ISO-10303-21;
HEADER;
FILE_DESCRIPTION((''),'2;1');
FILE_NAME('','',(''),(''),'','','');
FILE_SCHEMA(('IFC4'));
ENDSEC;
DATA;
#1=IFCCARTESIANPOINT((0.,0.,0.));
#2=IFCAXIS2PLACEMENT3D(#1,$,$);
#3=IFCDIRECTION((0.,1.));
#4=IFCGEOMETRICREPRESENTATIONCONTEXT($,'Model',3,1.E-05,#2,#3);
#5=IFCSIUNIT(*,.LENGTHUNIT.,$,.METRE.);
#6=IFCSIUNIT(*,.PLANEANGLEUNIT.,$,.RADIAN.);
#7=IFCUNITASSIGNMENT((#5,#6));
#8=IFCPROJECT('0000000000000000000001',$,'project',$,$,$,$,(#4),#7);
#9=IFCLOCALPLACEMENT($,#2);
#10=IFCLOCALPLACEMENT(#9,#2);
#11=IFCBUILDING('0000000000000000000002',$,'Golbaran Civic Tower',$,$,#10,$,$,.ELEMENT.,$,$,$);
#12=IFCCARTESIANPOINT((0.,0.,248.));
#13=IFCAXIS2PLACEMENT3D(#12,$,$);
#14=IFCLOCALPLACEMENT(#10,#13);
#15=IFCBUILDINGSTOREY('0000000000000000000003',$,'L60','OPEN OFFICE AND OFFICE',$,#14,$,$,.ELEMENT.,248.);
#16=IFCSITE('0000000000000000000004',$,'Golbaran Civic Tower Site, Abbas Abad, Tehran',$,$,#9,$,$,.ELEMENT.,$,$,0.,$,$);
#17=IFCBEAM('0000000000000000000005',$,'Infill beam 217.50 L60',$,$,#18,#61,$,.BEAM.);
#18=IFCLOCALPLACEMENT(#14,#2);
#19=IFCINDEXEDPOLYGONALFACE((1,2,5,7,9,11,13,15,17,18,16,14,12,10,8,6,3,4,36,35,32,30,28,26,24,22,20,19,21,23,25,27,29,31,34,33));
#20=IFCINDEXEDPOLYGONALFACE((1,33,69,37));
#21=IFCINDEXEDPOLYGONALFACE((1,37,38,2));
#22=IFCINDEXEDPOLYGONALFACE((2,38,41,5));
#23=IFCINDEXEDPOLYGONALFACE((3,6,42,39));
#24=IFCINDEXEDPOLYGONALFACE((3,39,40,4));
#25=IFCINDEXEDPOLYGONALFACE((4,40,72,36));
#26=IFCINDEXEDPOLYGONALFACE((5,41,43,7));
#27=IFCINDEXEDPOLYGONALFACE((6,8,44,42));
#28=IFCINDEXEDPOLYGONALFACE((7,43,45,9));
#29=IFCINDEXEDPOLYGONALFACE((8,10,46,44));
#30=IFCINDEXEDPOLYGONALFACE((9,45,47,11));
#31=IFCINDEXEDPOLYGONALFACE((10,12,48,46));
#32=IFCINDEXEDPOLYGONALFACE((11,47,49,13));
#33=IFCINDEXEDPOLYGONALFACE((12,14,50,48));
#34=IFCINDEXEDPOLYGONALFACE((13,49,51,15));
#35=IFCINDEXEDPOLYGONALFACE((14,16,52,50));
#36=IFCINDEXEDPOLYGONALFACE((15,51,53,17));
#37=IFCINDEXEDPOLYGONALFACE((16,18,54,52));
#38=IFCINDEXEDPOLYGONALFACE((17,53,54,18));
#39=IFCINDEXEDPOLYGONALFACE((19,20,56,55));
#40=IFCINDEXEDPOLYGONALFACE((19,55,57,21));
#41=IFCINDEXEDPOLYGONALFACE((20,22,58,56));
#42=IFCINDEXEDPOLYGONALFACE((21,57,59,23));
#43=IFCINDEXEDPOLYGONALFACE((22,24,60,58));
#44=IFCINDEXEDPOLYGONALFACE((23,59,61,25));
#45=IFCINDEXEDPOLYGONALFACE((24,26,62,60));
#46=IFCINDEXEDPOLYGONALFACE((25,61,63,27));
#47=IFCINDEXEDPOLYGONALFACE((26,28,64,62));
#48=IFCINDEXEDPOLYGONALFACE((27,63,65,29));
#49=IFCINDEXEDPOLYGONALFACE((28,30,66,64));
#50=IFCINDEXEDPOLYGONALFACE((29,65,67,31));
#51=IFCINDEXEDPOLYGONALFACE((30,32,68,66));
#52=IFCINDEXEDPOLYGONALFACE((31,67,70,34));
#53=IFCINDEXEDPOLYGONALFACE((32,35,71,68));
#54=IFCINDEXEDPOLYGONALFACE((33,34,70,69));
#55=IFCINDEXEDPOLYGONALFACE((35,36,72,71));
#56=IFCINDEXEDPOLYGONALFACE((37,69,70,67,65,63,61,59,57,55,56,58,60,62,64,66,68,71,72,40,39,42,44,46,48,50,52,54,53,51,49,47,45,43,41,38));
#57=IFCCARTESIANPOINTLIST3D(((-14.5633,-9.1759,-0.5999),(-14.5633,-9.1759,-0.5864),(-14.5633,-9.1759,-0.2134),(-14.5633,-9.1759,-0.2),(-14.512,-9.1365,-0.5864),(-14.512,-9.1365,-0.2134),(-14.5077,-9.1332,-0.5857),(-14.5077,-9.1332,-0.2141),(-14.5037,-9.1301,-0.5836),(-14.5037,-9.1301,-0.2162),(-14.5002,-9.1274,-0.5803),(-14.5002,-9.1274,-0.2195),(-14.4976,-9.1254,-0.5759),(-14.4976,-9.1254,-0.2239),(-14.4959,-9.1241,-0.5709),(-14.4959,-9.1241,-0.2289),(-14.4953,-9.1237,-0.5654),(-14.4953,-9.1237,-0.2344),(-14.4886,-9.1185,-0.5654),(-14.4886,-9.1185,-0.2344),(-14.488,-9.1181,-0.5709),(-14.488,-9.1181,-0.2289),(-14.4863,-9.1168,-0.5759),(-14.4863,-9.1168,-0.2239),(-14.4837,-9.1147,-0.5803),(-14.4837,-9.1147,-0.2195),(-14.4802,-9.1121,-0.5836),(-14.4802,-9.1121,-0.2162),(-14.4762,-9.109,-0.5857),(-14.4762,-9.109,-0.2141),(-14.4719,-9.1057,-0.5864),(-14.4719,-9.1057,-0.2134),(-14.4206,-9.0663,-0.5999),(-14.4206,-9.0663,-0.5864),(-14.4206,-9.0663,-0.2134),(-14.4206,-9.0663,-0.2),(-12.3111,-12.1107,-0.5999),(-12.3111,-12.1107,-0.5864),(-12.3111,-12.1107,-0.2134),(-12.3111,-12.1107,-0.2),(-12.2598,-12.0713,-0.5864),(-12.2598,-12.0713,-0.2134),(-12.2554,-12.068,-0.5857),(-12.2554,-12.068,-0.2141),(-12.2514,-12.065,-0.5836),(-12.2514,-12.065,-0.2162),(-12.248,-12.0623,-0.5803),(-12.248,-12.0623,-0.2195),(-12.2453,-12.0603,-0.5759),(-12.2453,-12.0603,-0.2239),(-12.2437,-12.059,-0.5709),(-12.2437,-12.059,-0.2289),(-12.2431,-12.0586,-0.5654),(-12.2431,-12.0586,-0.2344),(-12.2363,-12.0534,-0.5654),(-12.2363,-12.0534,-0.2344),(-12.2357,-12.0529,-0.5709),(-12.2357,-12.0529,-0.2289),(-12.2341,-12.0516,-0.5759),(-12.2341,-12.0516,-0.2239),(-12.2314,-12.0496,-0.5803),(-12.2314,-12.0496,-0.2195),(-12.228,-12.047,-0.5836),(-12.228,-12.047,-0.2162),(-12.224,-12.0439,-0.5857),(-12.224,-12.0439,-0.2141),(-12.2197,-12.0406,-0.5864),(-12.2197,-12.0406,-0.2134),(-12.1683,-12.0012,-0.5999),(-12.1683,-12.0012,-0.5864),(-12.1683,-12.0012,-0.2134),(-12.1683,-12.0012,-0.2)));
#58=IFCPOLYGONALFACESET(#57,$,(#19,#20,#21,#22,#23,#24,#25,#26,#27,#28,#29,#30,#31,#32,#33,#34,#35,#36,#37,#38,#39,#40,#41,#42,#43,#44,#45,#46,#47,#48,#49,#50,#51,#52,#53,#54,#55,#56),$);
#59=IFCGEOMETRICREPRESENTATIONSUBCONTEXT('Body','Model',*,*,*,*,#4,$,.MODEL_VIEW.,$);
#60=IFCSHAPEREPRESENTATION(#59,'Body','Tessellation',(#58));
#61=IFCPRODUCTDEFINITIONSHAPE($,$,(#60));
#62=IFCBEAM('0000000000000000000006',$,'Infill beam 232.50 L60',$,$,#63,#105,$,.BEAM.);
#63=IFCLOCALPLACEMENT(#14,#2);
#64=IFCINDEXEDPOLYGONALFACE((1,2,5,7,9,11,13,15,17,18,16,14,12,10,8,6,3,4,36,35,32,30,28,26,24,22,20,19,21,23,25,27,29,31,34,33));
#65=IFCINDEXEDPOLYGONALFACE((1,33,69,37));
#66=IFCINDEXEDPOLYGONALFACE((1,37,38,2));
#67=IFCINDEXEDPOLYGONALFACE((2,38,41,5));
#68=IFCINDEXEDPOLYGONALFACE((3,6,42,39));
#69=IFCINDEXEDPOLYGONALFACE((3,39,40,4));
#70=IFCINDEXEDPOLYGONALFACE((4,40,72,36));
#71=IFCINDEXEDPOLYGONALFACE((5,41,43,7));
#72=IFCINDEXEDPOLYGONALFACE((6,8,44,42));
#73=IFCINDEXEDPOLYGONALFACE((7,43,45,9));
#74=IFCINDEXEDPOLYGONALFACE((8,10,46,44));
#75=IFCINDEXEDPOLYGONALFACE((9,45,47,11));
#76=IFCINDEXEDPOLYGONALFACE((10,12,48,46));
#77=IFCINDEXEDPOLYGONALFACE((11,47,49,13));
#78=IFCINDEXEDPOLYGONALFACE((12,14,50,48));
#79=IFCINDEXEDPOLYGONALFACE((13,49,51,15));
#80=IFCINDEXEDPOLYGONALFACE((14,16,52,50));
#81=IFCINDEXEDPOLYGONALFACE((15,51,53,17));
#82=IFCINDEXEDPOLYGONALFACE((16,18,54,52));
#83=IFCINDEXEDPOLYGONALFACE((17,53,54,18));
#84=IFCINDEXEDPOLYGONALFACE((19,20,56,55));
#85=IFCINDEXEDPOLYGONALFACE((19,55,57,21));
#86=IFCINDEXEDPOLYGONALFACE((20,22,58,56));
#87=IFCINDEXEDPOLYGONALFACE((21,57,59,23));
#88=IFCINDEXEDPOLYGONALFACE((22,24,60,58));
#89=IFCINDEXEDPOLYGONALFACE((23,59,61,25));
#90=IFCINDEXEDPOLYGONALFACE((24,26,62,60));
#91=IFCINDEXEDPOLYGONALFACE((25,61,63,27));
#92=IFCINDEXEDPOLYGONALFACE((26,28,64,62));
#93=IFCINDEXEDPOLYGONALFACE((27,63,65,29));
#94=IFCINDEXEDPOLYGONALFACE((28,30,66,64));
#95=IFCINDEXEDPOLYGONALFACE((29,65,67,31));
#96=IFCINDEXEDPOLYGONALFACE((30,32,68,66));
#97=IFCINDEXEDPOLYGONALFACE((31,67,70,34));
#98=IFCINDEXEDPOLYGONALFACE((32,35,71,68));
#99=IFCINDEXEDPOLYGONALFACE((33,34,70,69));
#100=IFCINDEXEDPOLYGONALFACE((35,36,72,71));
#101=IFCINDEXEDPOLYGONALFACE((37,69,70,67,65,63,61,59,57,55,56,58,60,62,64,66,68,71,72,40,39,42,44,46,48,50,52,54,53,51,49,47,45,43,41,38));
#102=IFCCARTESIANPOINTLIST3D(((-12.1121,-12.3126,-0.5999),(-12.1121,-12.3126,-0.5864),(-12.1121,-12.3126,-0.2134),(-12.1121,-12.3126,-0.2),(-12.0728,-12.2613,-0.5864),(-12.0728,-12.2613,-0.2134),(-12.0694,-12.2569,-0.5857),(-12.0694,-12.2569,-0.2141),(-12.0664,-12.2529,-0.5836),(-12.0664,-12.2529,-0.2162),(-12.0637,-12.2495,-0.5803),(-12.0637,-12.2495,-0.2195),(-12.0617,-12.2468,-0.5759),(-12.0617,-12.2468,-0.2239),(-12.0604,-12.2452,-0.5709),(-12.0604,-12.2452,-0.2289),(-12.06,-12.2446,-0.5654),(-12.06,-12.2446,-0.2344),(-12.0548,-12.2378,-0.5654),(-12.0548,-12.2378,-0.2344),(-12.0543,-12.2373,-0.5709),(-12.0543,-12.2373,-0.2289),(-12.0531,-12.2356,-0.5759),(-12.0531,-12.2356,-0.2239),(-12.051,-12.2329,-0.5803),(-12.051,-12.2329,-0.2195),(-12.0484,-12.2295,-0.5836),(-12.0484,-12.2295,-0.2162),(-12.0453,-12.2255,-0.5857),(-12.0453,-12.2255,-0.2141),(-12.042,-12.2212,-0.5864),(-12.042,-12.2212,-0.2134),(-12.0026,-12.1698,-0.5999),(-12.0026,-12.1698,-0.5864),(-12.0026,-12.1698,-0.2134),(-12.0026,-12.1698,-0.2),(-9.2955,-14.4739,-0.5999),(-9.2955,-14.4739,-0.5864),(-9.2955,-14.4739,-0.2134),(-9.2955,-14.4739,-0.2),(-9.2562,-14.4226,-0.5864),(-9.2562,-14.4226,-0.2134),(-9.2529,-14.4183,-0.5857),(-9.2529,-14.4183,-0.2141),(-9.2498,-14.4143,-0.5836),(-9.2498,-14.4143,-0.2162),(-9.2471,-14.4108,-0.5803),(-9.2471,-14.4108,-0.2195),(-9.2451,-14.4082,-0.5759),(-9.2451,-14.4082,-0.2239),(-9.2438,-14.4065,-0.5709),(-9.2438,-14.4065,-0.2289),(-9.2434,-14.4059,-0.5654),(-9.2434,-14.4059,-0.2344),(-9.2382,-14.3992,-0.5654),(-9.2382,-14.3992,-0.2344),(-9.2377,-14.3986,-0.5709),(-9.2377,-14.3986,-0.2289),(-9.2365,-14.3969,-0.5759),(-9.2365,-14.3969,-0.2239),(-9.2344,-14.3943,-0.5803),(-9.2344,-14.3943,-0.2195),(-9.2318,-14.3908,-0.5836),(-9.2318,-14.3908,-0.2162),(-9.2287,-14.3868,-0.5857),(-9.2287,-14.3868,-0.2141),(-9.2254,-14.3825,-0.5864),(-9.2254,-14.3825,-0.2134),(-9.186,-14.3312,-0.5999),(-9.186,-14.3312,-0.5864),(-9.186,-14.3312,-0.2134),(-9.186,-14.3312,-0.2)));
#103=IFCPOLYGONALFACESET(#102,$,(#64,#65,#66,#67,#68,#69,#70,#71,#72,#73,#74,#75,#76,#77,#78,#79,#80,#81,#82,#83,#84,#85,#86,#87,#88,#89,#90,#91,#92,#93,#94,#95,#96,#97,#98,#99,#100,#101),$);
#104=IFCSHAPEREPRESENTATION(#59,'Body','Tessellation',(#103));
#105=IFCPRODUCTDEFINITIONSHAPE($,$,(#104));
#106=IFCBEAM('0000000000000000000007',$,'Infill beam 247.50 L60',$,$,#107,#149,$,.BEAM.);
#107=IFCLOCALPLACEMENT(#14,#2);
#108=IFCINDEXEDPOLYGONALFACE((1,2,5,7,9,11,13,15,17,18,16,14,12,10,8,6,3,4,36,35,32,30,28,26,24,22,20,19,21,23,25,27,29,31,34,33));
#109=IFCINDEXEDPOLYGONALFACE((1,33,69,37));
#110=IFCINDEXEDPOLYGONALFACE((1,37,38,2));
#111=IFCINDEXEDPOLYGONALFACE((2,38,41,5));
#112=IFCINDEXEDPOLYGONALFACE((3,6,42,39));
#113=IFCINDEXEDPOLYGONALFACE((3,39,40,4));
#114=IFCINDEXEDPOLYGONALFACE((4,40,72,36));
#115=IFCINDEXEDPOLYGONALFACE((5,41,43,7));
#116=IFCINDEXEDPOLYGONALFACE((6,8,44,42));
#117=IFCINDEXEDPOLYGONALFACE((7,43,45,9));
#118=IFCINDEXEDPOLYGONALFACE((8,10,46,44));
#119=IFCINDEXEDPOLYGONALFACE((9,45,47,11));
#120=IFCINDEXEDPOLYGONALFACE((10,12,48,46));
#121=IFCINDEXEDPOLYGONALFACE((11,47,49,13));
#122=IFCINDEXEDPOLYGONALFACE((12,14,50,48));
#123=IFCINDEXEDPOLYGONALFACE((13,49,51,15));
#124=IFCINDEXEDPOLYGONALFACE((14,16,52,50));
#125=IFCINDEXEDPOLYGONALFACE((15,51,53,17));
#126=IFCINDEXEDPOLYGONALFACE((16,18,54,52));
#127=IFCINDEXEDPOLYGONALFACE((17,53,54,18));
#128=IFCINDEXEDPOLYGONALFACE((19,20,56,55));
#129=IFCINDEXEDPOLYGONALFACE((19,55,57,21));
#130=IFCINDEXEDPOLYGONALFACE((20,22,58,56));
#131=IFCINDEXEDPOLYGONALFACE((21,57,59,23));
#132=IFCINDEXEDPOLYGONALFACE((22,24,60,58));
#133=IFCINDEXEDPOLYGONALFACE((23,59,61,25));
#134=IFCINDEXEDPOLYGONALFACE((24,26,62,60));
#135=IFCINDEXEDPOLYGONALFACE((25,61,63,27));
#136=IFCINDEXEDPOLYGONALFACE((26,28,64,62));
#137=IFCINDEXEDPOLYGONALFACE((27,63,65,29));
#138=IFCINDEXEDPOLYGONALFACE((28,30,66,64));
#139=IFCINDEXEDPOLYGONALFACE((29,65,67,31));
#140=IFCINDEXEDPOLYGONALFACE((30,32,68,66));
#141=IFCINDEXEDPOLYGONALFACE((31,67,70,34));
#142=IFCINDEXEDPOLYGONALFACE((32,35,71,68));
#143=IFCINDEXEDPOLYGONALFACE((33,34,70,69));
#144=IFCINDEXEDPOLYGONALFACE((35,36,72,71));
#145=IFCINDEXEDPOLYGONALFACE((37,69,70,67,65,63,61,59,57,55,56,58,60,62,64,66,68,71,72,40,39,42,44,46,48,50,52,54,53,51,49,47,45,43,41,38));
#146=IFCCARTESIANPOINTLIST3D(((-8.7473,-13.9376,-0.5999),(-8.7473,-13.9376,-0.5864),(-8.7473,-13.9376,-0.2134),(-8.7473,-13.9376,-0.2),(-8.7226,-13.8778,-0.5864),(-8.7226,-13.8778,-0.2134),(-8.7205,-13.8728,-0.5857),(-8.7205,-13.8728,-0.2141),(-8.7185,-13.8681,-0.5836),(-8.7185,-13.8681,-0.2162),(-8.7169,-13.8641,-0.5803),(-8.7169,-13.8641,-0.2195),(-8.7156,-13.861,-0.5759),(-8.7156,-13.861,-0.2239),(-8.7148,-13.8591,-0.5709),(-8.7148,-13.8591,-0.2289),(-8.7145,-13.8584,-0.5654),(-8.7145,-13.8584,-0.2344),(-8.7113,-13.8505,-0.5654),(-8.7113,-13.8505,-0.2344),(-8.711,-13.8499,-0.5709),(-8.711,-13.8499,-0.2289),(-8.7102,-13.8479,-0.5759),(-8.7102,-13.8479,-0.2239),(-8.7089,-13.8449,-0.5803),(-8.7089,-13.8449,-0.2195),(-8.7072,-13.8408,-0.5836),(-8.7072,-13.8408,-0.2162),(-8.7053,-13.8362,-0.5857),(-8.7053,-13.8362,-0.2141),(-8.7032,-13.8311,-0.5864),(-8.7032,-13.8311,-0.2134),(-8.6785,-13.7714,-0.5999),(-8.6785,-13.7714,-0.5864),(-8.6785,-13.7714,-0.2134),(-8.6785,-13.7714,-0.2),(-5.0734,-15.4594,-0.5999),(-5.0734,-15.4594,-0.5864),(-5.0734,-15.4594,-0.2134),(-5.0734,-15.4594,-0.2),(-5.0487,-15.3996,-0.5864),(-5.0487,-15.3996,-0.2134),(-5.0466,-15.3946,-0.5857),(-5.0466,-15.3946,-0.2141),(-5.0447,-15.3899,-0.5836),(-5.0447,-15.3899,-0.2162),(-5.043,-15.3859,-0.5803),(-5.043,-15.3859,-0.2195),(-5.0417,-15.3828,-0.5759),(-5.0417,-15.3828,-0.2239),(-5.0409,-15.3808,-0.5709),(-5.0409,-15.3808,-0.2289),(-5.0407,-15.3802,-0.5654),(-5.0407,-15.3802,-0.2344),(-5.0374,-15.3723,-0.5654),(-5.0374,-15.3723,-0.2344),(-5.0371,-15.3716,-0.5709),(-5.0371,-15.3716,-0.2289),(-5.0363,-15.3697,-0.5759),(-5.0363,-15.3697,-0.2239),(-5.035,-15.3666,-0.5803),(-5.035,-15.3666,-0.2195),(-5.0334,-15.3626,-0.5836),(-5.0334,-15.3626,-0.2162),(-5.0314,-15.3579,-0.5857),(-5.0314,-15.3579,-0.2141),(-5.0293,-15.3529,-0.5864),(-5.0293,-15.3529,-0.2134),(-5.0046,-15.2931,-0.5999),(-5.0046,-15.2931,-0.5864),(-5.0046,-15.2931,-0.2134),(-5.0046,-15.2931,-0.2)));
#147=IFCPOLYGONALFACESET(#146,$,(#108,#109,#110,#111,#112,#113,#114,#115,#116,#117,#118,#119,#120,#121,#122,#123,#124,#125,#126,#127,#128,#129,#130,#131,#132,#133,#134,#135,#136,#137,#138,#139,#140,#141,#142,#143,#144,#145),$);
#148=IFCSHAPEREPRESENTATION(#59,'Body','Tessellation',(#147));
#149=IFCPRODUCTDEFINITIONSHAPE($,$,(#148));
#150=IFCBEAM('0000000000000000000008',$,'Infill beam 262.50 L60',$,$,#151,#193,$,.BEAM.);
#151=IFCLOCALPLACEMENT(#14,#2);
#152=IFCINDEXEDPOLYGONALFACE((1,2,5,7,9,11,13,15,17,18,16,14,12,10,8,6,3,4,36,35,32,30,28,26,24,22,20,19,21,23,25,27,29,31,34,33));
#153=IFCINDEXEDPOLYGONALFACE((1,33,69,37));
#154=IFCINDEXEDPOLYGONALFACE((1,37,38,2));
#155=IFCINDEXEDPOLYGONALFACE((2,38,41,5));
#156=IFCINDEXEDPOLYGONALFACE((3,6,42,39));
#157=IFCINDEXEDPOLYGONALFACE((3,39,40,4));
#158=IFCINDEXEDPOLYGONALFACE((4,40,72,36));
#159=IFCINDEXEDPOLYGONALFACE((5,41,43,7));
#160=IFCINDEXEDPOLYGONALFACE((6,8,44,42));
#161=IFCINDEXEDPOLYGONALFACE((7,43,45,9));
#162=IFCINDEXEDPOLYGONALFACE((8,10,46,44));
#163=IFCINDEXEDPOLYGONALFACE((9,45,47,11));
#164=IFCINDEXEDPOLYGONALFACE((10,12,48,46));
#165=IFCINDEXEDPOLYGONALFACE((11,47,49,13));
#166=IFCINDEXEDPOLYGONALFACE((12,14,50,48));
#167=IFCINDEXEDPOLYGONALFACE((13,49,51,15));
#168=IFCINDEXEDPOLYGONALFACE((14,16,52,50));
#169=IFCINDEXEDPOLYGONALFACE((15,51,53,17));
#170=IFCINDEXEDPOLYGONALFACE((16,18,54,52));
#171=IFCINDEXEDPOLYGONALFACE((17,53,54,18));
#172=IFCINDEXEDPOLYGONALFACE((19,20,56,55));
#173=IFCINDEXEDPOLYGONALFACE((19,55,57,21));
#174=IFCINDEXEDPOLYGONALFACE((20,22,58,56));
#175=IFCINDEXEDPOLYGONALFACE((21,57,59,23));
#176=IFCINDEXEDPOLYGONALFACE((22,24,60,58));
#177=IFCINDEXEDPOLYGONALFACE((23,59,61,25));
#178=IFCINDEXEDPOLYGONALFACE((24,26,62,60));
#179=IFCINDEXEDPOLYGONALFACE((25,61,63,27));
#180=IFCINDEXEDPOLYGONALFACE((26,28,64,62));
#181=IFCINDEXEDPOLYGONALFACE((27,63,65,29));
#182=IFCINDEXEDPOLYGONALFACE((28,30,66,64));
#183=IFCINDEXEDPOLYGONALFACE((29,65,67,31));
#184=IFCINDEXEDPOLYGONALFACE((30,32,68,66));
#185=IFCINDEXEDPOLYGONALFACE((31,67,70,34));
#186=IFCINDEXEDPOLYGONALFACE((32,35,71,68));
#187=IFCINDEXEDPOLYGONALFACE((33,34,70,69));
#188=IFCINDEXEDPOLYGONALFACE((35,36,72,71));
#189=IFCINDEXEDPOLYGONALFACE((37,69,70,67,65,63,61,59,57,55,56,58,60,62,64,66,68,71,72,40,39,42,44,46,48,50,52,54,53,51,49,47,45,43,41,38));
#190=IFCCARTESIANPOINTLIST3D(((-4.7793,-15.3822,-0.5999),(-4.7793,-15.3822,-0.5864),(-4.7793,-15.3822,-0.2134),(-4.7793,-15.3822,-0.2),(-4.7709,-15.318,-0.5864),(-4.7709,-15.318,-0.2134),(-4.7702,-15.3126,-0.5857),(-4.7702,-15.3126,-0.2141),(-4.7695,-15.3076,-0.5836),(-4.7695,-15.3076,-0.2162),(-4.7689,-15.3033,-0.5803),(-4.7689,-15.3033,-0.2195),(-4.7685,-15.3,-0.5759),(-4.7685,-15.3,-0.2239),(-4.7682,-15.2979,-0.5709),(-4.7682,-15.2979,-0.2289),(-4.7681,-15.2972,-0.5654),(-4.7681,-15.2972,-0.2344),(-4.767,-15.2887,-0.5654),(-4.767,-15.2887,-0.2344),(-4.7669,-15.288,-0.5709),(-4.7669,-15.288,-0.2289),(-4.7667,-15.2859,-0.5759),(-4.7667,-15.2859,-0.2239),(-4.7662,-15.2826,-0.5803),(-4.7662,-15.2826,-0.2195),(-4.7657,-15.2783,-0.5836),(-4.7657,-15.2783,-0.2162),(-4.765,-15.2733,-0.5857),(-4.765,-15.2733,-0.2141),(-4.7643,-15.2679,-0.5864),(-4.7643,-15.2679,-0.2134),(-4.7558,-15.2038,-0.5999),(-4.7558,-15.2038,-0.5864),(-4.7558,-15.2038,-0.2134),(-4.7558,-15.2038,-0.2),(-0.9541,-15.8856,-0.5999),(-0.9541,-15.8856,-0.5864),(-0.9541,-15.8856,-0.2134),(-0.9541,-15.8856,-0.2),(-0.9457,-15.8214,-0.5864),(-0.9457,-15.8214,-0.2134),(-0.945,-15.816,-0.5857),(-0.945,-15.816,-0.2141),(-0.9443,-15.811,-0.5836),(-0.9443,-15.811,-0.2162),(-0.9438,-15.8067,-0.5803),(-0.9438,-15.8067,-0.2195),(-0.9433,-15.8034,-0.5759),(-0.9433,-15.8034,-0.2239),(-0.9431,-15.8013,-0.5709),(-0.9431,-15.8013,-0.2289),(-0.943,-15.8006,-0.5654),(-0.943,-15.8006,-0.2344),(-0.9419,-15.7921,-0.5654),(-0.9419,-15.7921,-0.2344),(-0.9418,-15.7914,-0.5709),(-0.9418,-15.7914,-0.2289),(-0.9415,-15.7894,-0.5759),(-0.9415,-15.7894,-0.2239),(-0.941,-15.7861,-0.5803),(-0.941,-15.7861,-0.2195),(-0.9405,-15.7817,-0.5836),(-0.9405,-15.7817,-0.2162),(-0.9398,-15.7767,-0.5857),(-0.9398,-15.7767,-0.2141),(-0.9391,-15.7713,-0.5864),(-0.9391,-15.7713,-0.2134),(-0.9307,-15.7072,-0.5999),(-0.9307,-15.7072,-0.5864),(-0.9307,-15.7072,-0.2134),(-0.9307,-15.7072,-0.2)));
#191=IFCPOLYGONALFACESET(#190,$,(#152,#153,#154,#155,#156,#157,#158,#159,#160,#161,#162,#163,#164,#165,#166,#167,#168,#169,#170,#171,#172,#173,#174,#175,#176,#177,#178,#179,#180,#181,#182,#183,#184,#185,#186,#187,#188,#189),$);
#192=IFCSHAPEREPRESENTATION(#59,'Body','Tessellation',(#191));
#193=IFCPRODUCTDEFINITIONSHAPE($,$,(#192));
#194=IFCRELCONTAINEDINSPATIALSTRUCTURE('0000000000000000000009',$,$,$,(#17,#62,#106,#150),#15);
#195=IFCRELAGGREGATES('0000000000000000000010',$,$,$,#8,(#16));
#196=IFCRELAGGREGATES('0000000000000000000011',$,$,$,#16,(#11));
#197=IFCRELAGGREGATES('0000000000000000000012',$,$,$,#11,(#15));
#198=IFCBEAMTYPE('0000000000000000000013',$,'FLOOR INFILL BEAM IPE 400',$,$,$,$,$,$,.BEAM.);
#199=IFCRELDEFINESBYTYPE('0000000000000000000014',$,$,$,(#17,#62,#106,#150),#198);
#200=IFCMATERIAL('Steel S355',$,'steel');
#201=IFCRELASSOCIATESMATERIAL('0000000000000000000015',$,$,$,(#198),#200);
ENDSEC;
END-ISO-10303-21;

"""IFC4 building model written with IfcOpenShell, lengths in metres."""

from ifc_helpers import new_model, si_unit, direction, frame, origin, origin_2d, place, context, subcontext, project, spatial, i_section, extrude, material, material_profile, profile_set, type_object, element, save


model = new_model("IFC4")

# Units and contexts
model_context = context("Model", 3, precision=1e-05, world=origin(), true_north=direction((0.0, 1.0)))
body_context = subcontext(model_context, "Body", "Model", "MODEL_VIEW")
ifc_project = project(units=[si_unit("LENGTHUNIT", "METRE"), si_unit("PLANEANGLEUNIT", "RADIAN")], contexts=[model_context])

# Site, building, storey
site_placement = place(None, origin())
site = spatial("IfcSite", under=ifc_project, at=site_placement, Name="Golbaran Civic Tower Site, Abbas Abad, Tehran", CompositionType="ELEMENT", RefElevation=0.0)
building_placement = place(site_placement, origin())
building = spatial("IfcBuilding", under=site, at=building_placement, Name="Golbaran Civic Tower", CompositionType="ELEMENT")
storey_placement = place(building_placement, frame((0.0, 0.0, 248.0)))
storey = spatial("IfcBuildingStorey", under=building, at=storey_placement, Name="L60", Description="OPEN OFFICE AND OFFICE", CompositionType="ELEMENT", Elevation=248.0)

# Beams
ifc_material_1 = material(Name="Steel S355", Category="steel")
ifc_material_profile_1 = material_profile(ifc_material_1, i_section(OverallWidth=0.1799, OverallDepth=0.3999, WebThickness=0.0085, FlangeThickness=0.0134, FilletRadius=0.021, at=origin_2d()), Name="IPE 400")
ifc_profile_set_1 = profile_set([ifc_material_profile_1], Name="Steel S355")
beam_type_1 = type_object("IfcBeamType", Name="FLOOR INFILL BEAM IPE 400", PredefinedType="BEAM", material=ifc_profile_set_1)
beam_1_placement = place(storey_placement, frame((-14.4919, -9.1211, -0.3999), z_axis=(0.608801, -0.793323, 0.0), x_axis=(0.793323, 0.608801, 0.0)))
element("IfcBeam", 1, at=beam_1_placement, inside=storey, type_object=beam_type_1, Name="Infill beam 217.50 L60", PredefinedType="BEAM", context=body_context, shape_type="SweptSolid", body=[
    extrude(i_section(OverallWidth=0.1799, OverallDepth=0.3999, WebThickness=0.0085, FlangeThickness=0.0134, FilletRadius=0.021, at=origin_2d()), origin(), (0.0, 0.0, 1.0), 3.6995),
])
beam_2_placement = place(storey_placement, frame((-12.0574, -12.2412, -0.3999), z_axis=(0.793342, -0.608777, 0.0), x_axis=(0.608777, 0.793342, 0.0)))
element("IfcBeam", 2, at=beam_2_placement, inside=storey, type_object=beam_type_1, Name="Infill beam 232.50 L60", PredefinedType="BEAM", context=body_context, shape_type="SweptSolid", body=[
    extrude(i_section(OverallWidth=0.1799, OverallDepth=0.3999, WebThickness=0.0085, FlangeThickness=0.0134, FilletRadius=0.021, at=origin_2d()), origin(), (0.0, 0.0, 1.0), 3.5503),
])
beam_3_placement = place(storey_placement, frame((-8.7129, -13.8545, -0.3999), z_axis=(0.923881, -0.382679, 0.0), x_axis=(0.382679, 0.923881, 0.0)))
element("IfcBeam", 3, at=beam_3_placement, inside=storey, type_object=beam_type_1, Name="Infill beam 247.50 L60", PredefinedType="BEAM", context=body_context, shape_type="SweptSolid", body=[
    extrude(i_section(OverallWidth=0.1799, OverallDepth=0.3999, WebThickness=0.0085, FlangeThickness=0.0134, FilletRadius=0.021, at=origin_2d()), origin(), (0.0, 0.0, 1.0), 3.9766),
])
beam_4_placement = place(storey_placement, frame((-4.7676, -15.293, -0.3999), z_axis=(0.991451, -0.130481, 0.0), x_axis=(0.130481, 0.991451, 0.0)))
element("IfcBeam", 4, at=beam_4_placement, inside=storey, type_object=beam_type_1, Name="Infill beam 262.50 L60", PredefinedType="BEAM", context=body_context, shape_type="SweptSolid", body=[
    extrude(i_section(OverallWidth=0.1799, OverallDepth=0.3999, WebThickness=0.0085, FlangeThickness=0.0134, FilletRadius=0.021, at=origin_2d()), origin(), (0.0, 0.0, 1.0), 3.8582),
])

save(model, "model.ifc")
